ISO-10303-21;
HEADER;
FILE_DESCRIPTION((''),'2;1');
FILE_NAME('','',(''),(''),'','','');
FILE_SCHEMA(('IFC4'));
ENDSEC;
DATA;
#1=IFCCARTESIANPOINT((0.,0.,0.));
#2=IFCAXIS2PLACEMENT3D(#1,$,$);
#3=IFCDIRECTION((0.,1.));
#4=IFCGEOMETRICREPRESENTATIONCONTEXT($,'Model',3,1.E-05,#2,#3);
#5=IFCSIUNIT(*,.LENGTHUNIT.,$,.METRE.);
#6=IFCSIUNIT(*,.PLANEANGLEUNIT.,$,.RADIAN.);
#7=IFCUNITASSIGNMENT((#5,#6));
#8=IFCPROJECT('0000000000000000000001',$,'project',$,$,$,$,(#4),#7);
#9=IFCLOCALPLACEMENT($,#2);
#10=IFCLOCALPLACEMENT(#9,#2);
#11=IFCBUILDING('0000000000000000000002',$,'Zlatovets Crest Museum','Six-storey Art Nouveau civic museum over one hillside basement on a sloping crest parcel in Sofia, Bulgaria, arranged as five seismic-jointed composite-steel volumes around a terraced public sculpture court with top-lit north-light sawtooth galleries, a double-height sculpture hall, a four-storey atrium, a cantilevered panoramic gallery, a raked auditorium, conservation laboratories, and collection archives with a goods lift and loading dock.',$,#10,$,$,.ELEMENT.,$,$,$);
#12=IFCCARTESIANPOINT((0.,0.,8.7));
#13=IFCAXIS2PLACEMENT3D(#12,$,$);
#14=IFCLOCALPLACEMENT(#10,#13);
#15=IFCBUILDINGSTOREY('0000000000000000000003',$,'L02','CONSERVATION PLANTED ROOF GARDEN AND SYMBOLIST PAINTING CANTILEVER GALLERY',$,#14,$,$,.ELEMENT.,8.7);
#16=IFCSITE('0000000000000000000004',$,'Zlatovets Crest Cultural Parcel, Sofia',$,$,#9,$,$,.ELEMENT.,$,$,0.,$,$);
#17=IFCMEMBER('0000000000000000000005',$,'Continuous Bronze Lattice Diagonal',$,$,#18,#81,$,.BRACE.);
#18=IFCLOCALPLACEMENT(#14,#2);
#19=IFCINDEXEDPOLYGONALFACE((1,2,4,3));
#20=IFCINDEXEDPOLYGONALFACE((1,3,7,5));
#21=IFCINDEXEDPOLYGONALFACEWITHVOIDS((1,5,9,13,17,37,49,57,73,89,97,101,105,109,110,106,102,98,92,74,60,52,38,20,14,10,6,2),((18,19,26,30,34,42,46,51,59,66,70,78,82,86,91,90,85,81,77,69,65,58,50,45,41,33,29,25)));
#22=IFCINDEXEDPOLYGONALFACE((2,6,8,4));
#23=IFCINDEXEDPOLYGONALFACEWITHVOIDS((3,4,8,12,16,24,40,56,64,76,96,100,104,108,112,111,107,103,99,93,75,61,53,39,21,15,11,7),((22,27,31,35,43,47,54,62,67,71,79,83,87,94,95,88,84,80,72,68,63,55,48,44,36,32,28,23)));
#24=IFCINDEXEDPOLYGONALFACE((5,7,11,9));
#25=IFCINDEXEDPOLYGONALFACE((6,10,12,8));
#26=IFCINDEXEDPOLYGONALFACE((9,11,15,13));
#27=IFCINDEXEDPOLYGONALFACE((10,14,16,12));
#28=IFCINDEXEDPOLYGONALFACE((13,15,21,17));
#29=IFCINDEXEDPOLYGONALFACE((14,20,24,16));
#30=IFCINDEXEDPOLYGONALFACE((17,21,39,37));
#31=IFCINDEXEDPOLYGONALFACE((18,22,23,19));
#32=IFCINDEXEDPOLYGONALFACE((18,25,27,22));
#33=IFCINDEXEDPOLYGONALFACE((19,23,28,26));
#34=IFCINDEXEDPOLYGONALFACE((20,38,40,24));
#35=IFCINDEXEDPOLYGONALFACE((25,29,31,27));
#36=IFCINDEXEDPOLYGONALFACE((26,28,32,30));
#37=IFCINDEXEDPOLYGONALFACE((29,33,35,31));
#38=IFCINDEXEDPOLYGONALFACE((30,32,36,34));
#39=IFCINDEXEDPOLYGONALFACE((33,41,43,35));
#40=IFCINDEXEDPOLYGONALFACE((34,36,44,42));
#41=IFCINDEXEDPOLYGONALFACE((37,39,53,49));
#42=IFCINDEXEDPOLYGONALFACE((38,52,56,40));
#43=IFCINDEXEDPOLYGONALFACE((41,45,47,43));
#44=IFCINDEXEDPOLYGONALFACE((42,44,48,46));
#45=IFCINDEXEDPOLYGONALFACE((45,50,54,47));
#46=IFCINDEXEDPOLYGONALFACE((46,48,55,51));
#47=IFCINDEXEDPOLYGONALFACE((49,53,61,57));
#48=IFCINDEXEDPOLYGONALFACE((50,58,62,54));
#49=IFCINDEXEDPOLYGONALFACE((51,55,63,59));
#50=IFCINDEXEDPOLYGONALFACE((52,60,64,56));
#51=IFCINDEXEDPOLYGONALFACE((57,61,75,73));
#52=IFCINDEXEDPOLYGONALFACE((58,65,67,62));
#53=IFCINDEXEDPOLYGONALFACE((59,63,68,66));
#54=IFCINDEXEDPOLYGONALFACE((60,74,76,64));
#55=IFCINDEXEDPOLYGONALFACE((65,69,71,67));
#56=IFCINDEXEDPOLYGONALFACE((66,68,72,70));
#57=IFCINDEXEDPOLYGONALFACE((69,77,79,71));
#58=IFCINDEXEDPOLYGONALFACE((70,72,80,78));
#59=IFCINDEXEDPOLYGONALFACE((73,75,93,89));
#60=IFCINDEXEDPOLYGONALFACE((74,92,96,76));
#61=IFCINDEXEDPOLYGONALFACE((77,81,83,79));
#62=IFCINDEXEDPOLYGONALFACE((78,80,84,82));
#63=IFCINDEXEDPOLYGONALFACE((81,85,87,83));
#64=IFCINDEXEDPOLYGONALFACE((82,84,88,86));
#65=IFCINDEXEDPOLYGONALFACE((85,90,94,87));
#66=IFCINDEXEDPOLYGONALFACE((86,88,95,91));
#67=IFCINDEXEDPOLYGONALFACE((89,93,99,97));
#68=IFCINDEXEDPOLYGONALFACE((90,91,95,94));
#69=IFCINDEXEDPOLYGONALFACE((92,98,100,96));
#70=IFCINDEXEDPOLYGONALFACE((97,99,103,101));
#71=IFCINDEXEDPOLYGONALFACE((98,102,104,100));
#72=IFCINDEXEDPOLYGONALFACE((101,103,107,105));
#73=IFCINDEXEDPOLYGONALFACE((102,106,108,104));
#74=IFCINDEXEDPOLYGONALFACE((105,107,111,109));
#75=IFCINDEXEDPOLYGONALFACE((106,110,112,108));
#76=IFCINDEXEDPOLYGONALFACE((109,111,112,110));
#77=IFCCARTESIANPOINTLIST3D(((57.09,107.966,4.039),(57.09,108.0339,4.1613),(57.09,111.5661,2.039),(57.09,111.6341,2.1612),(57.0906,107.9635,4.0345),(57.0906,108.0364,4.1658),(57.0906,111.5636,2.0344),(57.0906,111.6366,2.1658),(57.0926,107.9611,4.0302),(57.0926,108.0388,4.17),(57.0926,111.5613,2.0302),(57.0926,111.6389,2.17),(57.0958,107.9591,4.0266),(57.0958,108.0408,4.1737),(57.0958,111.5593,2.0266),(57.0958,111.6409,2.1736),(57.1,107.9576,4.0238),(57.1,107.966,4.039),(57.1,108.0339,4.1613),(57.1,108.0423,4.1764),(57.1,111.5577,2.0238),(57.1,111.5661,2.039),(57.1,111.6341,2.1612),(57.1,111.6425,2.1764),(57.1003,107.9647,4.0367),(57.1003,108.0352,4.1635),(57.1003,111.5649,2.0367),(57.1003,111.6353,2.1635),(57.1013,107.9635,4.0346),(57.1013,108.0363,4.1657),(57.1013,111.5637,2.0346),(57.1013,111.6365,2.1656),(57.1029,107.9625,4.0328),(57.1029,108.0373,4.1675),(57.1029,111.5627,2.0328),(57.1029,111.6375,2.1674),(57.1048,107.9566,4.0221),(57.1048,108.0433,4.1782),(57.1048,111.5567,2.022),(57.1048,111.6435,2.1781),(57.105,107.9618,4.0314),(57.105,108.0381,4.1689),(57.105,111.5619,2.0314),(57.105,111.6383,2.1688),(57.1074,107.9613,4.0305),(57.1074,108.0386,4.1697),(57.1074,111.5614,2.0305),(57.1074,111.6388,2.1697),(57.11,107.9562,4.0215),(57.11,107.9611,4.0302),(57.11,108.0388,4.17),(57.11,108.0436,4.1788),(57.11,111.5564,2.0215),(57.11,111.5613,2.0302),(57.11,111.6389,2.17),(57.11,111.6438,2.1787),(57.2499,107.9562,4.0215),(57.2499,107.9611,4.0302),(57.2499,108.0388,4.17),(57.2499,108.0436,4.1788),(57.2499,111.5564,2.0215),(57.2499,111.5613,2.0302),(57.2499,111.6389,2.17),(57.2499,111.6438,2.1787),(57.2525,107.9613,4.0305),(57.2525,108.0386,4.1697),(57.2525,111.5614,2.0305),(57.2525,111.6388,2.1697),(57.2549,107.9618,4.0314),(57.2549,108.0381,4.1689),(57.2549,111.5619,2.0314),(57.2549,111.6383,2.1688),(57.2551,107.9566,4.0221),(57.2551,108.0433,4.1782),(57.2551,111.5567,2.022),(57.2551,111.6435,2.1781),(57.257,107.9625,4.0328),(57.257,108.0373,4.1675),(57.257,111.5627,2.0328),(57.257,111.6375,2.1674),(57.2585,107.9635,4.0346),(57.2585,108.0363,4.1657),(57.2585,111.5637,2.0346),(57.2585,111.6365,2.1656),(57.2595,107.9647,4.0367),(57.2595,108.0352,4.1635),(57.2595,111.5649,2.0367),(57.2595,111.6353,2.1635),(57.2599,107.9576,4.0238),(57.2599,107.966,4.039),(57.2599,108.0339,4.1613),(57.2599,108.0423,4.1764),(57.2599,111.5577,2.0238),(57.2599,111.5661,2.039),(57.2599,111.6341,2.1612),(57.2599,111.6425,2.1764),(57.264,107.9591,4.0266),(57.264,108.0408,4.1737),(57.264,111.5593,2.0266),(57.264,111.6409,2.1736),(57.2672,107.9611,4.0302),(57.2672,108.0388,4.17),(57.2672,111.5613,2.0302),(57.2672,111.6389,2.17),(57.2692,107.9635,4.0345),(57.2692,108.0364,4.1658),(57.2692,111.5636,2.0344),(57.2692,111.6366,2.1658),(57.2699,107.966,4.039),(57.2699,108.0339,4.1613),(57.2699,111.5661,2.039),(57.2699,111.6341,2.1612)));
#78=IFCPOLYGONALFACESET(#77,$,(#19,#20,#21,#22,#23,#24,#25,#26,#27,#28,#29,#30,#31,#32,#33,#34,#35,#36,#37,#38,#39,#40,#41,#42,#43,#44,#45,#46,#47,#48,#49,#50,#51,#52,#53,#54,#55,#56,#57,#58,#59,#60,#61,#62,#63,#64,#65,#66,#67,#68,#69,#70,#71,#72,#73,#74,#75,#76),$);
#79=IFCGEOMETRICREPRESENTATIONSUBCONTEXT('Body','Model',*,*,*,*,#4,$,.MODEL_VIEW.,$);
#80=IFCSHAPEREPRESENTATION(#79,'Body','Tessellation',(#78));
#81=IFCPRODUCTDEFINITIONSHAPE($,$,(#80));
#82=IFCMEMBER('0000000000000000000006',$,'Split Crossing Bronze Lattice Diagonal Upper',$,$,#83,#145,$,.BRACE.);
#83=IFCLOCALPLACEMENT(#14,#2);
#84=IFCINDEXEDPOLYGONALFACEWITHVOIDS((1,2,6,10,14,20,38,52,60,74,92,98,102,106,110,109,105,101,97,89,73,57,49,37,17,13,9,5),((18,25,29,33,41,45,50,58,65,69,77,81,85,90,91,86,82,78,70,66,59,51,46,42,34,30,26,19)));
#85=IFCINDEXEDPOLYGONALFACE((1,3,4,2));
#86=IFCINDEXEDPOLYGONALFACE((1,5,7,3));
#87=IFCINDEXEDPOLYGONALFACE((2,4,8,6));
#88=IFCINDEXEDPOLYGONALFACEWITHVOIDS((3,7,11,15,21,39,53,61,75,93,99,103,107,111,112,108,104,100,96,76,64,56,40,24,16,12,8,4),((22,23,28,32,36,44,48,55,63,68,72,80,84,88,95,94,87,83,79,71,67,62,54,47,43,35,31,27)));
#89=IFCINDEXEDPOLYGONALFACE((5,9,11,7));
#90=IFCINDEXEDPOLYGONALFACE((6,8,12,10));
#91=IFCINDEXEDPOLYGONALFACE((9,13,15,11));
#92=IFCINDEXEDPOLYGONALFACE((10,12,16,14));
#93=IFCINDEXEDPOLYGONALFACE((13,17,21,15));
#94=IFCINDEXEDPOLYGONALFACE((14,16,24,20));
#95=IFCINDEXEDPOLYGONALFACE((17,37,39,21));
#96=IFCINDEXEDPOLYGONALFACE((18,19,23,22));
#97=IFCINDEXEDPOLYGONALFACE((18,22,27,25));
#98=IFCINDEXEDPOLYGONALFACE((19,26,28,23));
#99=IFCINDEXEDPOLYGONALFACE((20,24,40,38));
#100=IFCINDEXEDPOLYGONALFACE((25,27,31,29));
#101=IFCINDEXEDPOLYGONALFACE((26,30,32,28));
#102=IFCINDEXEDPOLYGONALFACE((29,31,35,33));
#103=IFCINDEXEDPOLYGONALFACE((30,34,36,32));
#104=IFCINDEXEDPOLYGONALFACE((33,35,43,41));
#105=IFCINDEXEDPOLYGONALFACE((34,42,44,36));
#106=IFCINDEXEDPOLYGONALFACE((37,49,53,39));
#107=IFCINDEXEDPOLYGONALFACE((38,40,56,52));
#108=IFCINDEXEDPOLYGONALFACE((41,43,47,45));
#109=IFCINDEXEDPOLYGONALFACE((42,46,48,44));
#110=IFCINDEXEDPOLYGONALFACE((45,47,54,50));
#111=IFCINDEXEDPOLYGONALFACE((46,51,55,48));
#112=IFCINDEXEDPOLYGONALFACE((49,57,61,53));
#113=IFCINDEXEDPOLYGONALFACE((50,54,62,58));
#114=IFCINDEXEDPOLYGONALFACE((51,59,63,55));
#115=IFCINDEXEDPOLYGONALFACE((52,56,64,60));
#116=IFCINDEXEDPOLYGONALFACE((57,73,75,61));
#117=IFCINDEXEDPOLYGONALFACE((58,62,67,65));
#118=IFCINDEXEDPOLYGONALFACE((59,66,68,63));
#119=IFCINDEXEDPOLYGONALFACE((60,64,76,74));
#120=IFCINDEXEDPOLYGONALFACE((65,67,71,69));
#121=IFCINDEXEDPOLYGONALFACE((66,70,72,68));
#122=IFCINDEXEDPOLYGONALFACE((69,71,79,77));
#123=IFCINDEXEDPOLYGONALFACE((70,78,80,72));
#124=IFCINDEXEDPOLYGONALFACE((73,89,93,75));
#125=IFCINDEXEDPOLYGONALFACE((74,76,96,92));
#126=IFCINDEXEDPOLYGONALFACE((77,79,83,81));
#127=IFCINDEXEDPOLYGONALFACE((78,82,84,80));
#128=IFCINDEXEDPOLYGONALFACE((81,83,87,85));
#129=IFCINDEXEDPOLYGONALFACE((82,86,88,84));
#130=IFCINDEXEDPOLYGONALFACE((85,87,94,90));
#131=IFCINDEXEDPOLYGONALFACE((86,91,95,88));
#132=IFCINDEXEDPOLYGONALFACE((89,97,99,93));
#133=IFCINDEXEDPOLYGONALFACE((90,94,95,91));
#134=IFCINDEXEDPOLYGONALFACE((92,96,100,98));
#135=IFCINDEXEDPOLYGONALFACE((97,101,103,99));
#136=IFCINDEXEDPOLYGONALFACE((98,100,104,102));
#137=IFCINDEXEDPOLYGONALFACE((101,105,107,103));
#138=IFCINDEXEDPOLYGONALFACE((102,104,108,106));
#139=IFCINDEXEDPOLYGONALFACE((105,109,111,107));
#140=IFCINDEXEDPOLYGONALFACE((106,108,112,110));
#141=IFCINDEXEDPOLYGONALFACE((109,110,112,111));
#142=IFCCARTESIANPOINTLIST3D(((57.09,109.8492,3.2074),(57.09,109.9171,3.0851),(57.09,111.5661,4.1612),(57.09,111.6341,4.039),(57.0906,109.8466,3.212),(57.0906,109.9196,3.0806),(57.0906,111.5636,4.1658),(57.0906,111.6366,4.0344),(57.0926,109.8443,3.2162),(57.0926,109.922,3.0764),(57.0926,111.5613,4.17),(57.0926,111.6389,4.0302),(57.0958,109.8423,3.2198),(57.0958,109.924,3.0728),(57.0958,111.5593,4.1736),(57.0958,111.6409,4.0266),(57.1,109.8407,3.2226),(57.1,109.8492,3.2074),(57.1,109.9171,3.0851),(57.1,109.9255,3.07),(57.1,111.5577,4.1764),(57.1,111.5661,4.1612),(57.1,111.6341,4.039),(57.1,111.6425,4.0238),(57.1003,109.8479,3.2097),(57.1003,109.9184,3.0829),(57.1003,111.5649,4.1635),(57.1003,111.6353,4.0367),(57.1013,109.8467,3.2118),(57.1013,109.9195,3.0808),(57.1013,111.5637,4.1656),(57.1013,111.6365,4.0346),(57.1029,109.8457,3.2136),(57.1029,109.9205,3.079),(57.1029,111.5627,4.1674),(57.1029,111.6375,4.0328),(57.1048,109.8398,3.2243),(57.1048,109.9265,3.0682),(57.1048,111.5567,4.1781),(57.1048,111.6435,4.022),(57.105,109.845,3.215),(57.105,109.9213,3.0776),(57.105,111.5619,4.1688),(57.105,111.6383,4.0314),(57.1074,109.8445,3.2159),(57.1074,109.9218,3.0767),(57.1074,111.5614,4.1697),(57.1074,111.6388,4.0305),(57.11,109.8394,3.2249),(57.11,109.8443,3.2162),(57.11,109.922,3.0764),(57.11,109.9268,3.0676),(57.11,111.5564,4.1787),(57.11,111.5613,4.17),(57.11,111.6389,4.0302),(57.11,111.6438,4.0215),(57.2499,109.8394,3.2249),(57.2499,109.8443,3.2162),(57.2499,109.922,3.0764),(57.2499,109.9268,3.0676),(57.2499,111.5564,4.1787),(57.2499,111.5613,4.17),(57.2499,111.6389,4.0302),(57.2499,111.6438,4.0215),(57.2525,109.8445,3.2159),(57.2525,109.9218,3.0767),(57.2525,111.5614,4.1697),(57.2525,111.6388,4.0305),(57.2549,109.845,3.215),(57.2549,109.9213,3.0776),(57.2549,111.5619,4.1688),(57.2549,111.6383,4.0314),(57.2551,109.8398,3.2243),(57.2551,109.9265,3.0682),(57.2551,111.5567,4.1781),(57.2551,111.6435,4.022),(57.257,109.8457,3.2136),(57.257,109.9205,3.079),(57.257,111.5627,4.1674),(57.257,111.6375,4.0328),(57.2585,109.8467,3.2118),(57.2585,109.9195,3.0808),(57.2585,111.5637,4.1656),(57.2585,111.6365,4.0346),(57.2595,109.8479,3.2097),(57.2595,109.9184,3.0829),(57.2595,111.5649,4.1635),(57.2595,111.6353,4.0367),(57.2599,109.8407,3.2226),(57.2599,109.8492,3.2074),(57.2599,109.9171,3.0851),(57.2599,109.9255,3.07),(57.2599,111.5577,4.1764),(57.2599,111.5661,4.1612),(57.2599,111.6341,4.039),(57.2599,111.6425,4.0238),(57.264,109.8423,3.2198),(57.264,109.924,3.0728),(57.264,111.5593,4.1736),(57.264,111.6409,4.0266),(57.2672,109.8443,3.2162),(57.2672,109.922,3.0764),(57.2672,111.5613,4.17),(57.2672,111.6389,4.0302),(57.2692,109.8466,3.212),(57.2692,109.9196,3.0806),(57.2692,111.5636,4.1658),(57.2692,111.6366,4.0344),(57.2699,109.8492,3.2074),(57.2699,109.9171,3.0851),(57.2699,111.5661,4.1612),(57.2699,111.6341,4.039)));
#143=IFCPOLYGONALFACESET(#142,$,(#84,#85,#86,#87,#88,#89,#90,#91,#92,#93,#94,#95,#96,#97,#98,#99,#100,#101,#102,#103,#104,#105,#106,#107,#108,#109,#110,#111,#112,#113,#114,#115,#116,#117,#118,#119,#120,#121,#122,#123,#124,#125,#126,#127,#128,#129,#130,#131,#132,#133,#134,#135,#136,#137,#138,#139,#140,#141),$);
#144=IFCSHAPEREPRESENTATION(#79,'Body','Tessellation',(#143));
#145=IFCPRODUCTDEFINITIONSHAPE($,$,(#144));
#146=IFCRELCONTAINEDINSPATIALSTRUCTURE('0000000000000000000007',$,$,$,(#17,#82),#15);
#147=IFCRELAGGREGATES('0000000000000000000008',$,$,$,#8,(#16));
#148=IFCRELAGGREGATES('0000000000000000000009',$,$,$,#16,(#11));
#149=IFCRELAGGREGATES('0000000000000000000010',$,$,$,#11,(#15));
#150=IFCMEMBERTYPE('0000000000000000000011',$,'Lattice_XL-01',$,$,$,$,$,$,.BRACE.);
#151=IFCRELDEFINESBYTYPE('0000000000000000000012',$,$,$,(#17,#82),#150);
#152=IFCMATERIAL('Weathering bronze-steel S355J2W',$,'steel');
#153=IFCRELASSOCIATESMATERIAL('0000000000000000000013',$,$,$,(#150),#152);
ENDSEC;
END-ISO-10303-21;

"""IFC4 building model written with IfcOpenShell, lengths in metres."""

from ifc_helpers import new_model, si_unit, direction, frame, origin, origin_2d, place, context, subcontext, project, spatial, hollow_rectangle, extrude, material, material_profile, profile_set, type_object, element, save


model = new_model("IFC4")

# Units and contexts
model_context = context("Model", 3, precision=1e-05, world=origin(), true_north=direction((0.0, 1.0)))
body_context = subcontext(model_context, "Body", "Model", "MODEL_VIEW")
ifc_project = project(units=[si_unit("LENGTHUNIT", "METRE"), si_unit("PLANEANGLEUNIT", "RADIAN")], contexts=[model_context])

# Site, building, storey
site_placement = place(None, origin())
site = spatial("IfcSite", under=ifc_project, at=site_placement, Name="Zlatovets Crest Cultural Parcel, Sofia", CompositionType="ELEMENT", RefElevation=0.0)
building_placement = place(site_placement, origin())
building = spatial("IfcBuilding", under=site, at=building_placement, Name="Zlatovets Crest Museum", Description="Six-storey Art Nouveau civic museum over one hillside basement on a sloping crest parcel in Sofia, Bulgaria, arranged as five seismic-jointed composite-steel volumes around a terraced public sculpture court with top-lit north-light sawtooth galleries, a double-height sculpture hall, a four-storey atrium, a cantilevered panoramic gallery, a raked auditorium, conservation laboratories, and collection archives with a goods lift and loading dock.", CompositionType="ELEMENT")
storey_placement = place(building_placement, frame((0.0, 0.0, 8.7)))
storey = spatial("IfcBuildingStorey", under=building, at=storey_placement, Name="L02", Description="CONSERVATION PLANTED ROOF GARDEN AND SYMBOLIST PAINTING CANTILEVER GALLERY", CompositionType="ELEMENT", Elevation=8.7)

# Members
ifc_material_1 = material(Name="Weathering bronze-steel S355J2W", Category="steel")
ifc_material_profile_1 = material_profile(ifc_material_1, hollow_rectangle(XDim=0.1799, YDim=0.1799, WallThickness=0.01, InnerFilletRadius=0.01, OuterFilletRadius=0.02, at=origin_2d()), Name="SHS 180x180x10.0")
ifc_profile_set_1 = profile_set([ifc_material_profile_1], Name="Weathering bronze-steel S355J2W")
member_type_1 = type_object("IfcMemberType", Name="Lattice_XL-01", PredefinedType="BRACE", material=ifc_profile_set_1)
member_1_placement = place(storey_placement, frame((57.1799, 111.6001, 2.1001), z_axis=(0.0, -0.874163, 0.485633), x_axis=(1.0, 0.0, 0.0)))
element("IfcMember", 1, at=member_1_placement, inside=storey, type_object=member_type_1, Name="Continuous Bronze Lattice Diagonal", PredefinedType="BRACE", context=body_context, shape_type="SweptSolid", body=[
    extrude(hollow_rectangle(XDim=0.1799, YDim=0.1799, WallThickness=0.01, InnerFilletRadius=0.01, OuterFilletRadius=0.02, at=origin_2d()), origin(), (0.0, 0.0, 1.0), 4.1184),
])
member_2_placement = place(storey_placement, frame((57.1799, 111.6001, 4.1001), z_axis=(0.0, -0.874169, -0.485622), x_axis=(1.0, 0.0, 0.0)))
element("IfcMember", 2, at=member_2_placement, inside=storey, type_object=member_type_1, Name="Split Crossing Bronze Lattice Diagonal Upper", PredefinedType="BRACE", context=body_context, shape_type="SweptSolid", body=[
    extrude(hollow_rectangle(XDim=0.1799, YDim=0.1799, WallThickness=0.01, InnerFilletRadius=0.01, OuterFilletRadius=0.02, at=origin_2d()), origin(), (0.0, 0.0, 1.0), 1.9641),
])

save(model, "model.ifc")
